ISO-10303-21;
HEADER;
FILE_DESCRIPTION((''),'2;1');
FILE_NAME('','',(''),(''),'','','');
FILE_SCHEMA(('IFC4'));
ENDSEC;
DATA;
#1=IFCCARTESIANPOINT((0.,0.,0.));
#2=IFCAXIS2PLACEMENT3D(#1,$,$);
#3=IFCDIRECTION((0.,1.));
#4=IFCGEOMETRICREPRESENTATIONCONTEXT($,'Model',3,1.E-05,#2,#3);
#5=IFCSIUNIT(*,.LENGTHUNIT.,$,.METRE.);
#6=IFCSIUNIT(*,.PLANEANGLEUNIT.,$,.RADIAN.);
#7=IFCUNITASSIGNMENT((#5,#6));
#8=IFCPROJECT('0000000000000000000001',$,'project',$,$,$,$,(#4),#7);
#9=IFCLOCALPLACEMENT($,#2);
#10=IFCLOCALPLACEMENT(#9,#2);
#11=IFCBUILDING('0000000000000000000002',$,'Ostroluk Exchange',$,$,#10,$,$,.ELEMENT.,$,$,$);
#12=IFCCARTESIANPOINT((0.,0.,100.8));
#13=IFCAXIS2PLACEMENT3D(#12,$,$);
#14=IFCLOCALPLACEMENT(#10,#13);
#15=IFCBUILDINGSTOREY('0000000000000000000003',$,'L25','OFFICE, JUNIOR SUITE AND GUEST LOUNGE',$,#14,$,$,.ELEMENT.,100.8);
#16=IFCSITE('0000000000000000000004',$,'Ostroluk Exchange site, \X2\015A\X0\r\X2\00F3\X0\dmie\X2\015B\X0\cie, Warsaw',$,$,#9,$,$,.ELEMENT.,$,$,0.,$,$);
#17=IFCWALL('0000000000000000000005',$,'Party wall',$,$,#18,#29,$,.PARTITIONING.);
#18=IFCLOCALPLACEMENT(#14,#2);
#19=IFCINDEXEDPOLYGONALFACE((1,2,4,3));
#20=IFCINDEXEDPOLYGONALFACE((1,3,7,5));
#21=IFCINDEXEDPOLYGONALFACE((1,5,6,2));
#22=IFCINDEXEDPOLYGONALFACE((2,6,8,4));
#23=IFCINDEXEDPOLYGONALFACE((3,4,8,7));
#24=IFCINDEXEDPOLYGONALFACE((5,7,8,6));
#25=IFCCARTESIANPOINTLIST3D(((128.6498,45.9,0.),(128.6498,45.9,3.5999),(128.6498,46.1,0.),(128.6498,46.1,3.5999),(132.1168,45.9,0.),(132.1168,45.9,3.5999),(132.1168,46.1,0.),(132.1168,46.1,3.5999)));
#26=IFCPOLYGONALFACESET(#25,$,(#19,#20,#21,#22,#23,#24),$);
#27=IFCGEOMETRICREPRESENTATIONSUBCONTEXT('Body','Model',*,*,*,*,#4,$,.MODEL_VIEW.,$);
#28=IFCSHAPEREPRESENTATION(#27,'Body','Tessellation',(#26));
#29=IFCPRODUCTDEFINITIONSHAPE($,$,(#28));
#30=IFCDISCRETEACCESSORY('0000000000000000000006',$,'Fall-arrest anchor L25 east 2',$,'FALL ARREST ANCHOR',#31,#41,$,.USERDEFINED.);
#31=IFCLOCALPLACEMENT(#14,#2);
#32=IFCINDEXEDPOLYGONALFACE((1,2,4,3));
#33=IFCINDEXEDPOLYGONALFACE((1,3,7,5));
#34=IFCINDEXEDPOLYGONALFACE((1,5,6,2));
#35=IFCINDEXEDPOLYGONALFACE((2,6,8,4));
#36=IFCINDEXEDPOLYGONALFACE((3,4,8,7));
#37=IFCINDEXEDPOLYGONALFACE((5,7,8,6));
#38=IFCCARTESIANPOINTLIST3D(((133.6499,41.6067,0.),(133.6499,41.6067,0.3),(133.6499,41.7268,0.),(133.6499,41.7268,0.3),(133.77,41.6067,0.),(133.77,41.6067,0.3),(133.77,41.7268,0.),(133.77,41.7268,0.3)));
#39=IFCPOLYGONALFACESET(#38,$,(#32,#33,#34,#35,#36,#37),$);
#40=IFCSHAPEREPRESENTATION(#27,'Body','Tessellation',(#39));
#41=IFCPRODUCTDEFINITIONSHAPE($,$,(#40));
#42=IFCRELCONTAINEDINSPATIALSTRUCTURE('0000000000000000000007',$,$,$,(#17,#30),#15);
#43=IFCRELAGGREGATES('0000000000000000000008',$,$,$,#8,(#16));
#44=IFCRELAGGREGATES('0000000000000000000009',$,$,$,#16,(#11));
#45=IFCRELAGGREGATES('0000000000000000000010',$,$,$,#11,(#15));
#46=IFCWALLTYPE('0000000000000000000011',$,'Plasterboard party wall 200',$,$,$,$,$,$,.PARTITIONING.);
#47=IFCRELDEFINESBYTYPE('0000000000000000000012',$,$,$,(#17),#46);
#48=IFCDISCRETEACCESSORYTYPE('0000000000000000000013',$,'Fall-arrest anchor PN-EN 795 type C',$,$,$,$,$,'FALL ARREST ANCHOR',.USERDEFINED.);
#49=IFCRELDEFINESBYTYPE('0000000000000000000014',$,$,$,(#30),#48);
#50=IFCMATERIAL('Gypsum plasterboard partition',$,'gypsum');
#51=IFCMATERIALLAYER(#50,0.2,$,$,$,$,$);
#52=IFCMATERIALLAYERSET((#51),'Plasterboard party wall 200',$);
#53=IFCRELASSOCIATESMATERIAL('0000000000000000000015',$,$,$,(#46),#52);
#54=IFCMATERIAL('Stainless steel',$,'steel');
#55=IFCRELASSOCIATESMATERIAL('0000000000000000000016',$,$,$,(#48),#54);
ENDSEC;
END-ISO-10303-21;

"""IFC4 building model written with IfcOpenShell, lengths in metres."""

from ifc_helpers import new_model, si_unit, direction, frame, frame_2d, origin, origin_2d, place, context, subcontext, project, spatial, rectangle, extrude, material, layer, layer_set, type_object, element, save


model = new_model("IFC4")

# Units and contexts
model_context = context("Model", 3, precision=1e-05, world=origin(), true_north=direction((0.0, 1.0)))
body_context = subcontext(model_context, "Body", "Model", "MODEL_VIEW")
ifc_project = project(units=[si_unit("LENGTHUNIT", "METRE"), si_unit("PLANEANGLEUNIT", "RADIAN")], contexts=[model_context])

# Site, building, storey
site_placement = place(None, origin())
site = spatial("IfcSite", under=ifc_project, at=site_placement, Name="Ostroluk Exchange site, Śródmieście, Warsaw", CompositionType="ELEMENT", RefElevation=0.0)
building_placement = place(site_placement, origin())
building = spatial("IfcBuilding", under=site, at=building_placement, Name="Ostroluk Exchange", CompositionType="ELEMENT")
storey_placement = place(building_placement, frame((0.0, 0.0, 100.8)))
storey = spatial("IfcBuildingStorey", under=building, at=storey_placement, Name="L25", Description="OFFICE, JUNIOR SUITE AND GUEST LOUNGE", CompositionType="ELEMENT", Elevation=100.8)

# Wall
ifc_material_1 = material(Name="Gypsum plasterboard partition", Category="gypsum")
ifc_layer_1 = layer(ifc_material_1, 0.2)
ifc_layer_set_1 = layer_set([ifc_layer_1], Name="Plasterboard party wall 200")
wall_type_1 = type_object("IfcWallType", Name="Plasterboard party wall 200", PredefinedType="PARTITIONING", material=ifc_layer_set_1)
wall_1_placement = place(storey_placement, frame((128.6499, 46.0, 0.0), z_axis=(0.0, 0.0, 1.0), x_axis=(1.0, 0.0, 0.0)))
element("IfcWall", 1, at=wall_1_placement, inside=storey, type_object=wall_type_1, Name="Party wall", PredefinedType="PARTITIONING", context=body_context, shape_type="SweptSolid", body=[
    extrude(rectangle(XDim=3.467, YDim=0.2, at=frame_2d((1.7334, 0.0))), origin(), (0.0, 0.0, 1.0), 3.5999),
])

# Discrete accessory
ifc_material_2 = material(Name="Stainless steel", Category="steel")
discrete_accessory_type = type_object("IfcDiscreteAccessoryType", Name="Fall-arrest anchor PN-EN 795 type C", ElementType="FALL ARREST ANCHOR", PredefinedType="USERDEFINED", material=ifc_material_2)
discrete_accessory_placement = place(storey_placement, frame((133.71, 41.6667, 0.0), z_axis=(0.0, 0.0, 1.0), x_axis=(1.0, 0.0, 0.0)))
element("IfcDiscreteAccessory", 2, at=discrete_accessory_placement, inside=storey, type_object=discrete_accessory_type, Name="Fall-arrest anchor L25 east 2", ObjectType="FALL ARREST ANCHOR", PredefinedType="USERDEFINED", context=body_context, shape_type="SweptSolid", body=[
    extrude(rectangle(XDim=0.1201, YDim=0.1201, at=origin_2d()), origin(), (0.0, 0.0, 1.0), 0.3),
])

save(model, "model.ifc")
